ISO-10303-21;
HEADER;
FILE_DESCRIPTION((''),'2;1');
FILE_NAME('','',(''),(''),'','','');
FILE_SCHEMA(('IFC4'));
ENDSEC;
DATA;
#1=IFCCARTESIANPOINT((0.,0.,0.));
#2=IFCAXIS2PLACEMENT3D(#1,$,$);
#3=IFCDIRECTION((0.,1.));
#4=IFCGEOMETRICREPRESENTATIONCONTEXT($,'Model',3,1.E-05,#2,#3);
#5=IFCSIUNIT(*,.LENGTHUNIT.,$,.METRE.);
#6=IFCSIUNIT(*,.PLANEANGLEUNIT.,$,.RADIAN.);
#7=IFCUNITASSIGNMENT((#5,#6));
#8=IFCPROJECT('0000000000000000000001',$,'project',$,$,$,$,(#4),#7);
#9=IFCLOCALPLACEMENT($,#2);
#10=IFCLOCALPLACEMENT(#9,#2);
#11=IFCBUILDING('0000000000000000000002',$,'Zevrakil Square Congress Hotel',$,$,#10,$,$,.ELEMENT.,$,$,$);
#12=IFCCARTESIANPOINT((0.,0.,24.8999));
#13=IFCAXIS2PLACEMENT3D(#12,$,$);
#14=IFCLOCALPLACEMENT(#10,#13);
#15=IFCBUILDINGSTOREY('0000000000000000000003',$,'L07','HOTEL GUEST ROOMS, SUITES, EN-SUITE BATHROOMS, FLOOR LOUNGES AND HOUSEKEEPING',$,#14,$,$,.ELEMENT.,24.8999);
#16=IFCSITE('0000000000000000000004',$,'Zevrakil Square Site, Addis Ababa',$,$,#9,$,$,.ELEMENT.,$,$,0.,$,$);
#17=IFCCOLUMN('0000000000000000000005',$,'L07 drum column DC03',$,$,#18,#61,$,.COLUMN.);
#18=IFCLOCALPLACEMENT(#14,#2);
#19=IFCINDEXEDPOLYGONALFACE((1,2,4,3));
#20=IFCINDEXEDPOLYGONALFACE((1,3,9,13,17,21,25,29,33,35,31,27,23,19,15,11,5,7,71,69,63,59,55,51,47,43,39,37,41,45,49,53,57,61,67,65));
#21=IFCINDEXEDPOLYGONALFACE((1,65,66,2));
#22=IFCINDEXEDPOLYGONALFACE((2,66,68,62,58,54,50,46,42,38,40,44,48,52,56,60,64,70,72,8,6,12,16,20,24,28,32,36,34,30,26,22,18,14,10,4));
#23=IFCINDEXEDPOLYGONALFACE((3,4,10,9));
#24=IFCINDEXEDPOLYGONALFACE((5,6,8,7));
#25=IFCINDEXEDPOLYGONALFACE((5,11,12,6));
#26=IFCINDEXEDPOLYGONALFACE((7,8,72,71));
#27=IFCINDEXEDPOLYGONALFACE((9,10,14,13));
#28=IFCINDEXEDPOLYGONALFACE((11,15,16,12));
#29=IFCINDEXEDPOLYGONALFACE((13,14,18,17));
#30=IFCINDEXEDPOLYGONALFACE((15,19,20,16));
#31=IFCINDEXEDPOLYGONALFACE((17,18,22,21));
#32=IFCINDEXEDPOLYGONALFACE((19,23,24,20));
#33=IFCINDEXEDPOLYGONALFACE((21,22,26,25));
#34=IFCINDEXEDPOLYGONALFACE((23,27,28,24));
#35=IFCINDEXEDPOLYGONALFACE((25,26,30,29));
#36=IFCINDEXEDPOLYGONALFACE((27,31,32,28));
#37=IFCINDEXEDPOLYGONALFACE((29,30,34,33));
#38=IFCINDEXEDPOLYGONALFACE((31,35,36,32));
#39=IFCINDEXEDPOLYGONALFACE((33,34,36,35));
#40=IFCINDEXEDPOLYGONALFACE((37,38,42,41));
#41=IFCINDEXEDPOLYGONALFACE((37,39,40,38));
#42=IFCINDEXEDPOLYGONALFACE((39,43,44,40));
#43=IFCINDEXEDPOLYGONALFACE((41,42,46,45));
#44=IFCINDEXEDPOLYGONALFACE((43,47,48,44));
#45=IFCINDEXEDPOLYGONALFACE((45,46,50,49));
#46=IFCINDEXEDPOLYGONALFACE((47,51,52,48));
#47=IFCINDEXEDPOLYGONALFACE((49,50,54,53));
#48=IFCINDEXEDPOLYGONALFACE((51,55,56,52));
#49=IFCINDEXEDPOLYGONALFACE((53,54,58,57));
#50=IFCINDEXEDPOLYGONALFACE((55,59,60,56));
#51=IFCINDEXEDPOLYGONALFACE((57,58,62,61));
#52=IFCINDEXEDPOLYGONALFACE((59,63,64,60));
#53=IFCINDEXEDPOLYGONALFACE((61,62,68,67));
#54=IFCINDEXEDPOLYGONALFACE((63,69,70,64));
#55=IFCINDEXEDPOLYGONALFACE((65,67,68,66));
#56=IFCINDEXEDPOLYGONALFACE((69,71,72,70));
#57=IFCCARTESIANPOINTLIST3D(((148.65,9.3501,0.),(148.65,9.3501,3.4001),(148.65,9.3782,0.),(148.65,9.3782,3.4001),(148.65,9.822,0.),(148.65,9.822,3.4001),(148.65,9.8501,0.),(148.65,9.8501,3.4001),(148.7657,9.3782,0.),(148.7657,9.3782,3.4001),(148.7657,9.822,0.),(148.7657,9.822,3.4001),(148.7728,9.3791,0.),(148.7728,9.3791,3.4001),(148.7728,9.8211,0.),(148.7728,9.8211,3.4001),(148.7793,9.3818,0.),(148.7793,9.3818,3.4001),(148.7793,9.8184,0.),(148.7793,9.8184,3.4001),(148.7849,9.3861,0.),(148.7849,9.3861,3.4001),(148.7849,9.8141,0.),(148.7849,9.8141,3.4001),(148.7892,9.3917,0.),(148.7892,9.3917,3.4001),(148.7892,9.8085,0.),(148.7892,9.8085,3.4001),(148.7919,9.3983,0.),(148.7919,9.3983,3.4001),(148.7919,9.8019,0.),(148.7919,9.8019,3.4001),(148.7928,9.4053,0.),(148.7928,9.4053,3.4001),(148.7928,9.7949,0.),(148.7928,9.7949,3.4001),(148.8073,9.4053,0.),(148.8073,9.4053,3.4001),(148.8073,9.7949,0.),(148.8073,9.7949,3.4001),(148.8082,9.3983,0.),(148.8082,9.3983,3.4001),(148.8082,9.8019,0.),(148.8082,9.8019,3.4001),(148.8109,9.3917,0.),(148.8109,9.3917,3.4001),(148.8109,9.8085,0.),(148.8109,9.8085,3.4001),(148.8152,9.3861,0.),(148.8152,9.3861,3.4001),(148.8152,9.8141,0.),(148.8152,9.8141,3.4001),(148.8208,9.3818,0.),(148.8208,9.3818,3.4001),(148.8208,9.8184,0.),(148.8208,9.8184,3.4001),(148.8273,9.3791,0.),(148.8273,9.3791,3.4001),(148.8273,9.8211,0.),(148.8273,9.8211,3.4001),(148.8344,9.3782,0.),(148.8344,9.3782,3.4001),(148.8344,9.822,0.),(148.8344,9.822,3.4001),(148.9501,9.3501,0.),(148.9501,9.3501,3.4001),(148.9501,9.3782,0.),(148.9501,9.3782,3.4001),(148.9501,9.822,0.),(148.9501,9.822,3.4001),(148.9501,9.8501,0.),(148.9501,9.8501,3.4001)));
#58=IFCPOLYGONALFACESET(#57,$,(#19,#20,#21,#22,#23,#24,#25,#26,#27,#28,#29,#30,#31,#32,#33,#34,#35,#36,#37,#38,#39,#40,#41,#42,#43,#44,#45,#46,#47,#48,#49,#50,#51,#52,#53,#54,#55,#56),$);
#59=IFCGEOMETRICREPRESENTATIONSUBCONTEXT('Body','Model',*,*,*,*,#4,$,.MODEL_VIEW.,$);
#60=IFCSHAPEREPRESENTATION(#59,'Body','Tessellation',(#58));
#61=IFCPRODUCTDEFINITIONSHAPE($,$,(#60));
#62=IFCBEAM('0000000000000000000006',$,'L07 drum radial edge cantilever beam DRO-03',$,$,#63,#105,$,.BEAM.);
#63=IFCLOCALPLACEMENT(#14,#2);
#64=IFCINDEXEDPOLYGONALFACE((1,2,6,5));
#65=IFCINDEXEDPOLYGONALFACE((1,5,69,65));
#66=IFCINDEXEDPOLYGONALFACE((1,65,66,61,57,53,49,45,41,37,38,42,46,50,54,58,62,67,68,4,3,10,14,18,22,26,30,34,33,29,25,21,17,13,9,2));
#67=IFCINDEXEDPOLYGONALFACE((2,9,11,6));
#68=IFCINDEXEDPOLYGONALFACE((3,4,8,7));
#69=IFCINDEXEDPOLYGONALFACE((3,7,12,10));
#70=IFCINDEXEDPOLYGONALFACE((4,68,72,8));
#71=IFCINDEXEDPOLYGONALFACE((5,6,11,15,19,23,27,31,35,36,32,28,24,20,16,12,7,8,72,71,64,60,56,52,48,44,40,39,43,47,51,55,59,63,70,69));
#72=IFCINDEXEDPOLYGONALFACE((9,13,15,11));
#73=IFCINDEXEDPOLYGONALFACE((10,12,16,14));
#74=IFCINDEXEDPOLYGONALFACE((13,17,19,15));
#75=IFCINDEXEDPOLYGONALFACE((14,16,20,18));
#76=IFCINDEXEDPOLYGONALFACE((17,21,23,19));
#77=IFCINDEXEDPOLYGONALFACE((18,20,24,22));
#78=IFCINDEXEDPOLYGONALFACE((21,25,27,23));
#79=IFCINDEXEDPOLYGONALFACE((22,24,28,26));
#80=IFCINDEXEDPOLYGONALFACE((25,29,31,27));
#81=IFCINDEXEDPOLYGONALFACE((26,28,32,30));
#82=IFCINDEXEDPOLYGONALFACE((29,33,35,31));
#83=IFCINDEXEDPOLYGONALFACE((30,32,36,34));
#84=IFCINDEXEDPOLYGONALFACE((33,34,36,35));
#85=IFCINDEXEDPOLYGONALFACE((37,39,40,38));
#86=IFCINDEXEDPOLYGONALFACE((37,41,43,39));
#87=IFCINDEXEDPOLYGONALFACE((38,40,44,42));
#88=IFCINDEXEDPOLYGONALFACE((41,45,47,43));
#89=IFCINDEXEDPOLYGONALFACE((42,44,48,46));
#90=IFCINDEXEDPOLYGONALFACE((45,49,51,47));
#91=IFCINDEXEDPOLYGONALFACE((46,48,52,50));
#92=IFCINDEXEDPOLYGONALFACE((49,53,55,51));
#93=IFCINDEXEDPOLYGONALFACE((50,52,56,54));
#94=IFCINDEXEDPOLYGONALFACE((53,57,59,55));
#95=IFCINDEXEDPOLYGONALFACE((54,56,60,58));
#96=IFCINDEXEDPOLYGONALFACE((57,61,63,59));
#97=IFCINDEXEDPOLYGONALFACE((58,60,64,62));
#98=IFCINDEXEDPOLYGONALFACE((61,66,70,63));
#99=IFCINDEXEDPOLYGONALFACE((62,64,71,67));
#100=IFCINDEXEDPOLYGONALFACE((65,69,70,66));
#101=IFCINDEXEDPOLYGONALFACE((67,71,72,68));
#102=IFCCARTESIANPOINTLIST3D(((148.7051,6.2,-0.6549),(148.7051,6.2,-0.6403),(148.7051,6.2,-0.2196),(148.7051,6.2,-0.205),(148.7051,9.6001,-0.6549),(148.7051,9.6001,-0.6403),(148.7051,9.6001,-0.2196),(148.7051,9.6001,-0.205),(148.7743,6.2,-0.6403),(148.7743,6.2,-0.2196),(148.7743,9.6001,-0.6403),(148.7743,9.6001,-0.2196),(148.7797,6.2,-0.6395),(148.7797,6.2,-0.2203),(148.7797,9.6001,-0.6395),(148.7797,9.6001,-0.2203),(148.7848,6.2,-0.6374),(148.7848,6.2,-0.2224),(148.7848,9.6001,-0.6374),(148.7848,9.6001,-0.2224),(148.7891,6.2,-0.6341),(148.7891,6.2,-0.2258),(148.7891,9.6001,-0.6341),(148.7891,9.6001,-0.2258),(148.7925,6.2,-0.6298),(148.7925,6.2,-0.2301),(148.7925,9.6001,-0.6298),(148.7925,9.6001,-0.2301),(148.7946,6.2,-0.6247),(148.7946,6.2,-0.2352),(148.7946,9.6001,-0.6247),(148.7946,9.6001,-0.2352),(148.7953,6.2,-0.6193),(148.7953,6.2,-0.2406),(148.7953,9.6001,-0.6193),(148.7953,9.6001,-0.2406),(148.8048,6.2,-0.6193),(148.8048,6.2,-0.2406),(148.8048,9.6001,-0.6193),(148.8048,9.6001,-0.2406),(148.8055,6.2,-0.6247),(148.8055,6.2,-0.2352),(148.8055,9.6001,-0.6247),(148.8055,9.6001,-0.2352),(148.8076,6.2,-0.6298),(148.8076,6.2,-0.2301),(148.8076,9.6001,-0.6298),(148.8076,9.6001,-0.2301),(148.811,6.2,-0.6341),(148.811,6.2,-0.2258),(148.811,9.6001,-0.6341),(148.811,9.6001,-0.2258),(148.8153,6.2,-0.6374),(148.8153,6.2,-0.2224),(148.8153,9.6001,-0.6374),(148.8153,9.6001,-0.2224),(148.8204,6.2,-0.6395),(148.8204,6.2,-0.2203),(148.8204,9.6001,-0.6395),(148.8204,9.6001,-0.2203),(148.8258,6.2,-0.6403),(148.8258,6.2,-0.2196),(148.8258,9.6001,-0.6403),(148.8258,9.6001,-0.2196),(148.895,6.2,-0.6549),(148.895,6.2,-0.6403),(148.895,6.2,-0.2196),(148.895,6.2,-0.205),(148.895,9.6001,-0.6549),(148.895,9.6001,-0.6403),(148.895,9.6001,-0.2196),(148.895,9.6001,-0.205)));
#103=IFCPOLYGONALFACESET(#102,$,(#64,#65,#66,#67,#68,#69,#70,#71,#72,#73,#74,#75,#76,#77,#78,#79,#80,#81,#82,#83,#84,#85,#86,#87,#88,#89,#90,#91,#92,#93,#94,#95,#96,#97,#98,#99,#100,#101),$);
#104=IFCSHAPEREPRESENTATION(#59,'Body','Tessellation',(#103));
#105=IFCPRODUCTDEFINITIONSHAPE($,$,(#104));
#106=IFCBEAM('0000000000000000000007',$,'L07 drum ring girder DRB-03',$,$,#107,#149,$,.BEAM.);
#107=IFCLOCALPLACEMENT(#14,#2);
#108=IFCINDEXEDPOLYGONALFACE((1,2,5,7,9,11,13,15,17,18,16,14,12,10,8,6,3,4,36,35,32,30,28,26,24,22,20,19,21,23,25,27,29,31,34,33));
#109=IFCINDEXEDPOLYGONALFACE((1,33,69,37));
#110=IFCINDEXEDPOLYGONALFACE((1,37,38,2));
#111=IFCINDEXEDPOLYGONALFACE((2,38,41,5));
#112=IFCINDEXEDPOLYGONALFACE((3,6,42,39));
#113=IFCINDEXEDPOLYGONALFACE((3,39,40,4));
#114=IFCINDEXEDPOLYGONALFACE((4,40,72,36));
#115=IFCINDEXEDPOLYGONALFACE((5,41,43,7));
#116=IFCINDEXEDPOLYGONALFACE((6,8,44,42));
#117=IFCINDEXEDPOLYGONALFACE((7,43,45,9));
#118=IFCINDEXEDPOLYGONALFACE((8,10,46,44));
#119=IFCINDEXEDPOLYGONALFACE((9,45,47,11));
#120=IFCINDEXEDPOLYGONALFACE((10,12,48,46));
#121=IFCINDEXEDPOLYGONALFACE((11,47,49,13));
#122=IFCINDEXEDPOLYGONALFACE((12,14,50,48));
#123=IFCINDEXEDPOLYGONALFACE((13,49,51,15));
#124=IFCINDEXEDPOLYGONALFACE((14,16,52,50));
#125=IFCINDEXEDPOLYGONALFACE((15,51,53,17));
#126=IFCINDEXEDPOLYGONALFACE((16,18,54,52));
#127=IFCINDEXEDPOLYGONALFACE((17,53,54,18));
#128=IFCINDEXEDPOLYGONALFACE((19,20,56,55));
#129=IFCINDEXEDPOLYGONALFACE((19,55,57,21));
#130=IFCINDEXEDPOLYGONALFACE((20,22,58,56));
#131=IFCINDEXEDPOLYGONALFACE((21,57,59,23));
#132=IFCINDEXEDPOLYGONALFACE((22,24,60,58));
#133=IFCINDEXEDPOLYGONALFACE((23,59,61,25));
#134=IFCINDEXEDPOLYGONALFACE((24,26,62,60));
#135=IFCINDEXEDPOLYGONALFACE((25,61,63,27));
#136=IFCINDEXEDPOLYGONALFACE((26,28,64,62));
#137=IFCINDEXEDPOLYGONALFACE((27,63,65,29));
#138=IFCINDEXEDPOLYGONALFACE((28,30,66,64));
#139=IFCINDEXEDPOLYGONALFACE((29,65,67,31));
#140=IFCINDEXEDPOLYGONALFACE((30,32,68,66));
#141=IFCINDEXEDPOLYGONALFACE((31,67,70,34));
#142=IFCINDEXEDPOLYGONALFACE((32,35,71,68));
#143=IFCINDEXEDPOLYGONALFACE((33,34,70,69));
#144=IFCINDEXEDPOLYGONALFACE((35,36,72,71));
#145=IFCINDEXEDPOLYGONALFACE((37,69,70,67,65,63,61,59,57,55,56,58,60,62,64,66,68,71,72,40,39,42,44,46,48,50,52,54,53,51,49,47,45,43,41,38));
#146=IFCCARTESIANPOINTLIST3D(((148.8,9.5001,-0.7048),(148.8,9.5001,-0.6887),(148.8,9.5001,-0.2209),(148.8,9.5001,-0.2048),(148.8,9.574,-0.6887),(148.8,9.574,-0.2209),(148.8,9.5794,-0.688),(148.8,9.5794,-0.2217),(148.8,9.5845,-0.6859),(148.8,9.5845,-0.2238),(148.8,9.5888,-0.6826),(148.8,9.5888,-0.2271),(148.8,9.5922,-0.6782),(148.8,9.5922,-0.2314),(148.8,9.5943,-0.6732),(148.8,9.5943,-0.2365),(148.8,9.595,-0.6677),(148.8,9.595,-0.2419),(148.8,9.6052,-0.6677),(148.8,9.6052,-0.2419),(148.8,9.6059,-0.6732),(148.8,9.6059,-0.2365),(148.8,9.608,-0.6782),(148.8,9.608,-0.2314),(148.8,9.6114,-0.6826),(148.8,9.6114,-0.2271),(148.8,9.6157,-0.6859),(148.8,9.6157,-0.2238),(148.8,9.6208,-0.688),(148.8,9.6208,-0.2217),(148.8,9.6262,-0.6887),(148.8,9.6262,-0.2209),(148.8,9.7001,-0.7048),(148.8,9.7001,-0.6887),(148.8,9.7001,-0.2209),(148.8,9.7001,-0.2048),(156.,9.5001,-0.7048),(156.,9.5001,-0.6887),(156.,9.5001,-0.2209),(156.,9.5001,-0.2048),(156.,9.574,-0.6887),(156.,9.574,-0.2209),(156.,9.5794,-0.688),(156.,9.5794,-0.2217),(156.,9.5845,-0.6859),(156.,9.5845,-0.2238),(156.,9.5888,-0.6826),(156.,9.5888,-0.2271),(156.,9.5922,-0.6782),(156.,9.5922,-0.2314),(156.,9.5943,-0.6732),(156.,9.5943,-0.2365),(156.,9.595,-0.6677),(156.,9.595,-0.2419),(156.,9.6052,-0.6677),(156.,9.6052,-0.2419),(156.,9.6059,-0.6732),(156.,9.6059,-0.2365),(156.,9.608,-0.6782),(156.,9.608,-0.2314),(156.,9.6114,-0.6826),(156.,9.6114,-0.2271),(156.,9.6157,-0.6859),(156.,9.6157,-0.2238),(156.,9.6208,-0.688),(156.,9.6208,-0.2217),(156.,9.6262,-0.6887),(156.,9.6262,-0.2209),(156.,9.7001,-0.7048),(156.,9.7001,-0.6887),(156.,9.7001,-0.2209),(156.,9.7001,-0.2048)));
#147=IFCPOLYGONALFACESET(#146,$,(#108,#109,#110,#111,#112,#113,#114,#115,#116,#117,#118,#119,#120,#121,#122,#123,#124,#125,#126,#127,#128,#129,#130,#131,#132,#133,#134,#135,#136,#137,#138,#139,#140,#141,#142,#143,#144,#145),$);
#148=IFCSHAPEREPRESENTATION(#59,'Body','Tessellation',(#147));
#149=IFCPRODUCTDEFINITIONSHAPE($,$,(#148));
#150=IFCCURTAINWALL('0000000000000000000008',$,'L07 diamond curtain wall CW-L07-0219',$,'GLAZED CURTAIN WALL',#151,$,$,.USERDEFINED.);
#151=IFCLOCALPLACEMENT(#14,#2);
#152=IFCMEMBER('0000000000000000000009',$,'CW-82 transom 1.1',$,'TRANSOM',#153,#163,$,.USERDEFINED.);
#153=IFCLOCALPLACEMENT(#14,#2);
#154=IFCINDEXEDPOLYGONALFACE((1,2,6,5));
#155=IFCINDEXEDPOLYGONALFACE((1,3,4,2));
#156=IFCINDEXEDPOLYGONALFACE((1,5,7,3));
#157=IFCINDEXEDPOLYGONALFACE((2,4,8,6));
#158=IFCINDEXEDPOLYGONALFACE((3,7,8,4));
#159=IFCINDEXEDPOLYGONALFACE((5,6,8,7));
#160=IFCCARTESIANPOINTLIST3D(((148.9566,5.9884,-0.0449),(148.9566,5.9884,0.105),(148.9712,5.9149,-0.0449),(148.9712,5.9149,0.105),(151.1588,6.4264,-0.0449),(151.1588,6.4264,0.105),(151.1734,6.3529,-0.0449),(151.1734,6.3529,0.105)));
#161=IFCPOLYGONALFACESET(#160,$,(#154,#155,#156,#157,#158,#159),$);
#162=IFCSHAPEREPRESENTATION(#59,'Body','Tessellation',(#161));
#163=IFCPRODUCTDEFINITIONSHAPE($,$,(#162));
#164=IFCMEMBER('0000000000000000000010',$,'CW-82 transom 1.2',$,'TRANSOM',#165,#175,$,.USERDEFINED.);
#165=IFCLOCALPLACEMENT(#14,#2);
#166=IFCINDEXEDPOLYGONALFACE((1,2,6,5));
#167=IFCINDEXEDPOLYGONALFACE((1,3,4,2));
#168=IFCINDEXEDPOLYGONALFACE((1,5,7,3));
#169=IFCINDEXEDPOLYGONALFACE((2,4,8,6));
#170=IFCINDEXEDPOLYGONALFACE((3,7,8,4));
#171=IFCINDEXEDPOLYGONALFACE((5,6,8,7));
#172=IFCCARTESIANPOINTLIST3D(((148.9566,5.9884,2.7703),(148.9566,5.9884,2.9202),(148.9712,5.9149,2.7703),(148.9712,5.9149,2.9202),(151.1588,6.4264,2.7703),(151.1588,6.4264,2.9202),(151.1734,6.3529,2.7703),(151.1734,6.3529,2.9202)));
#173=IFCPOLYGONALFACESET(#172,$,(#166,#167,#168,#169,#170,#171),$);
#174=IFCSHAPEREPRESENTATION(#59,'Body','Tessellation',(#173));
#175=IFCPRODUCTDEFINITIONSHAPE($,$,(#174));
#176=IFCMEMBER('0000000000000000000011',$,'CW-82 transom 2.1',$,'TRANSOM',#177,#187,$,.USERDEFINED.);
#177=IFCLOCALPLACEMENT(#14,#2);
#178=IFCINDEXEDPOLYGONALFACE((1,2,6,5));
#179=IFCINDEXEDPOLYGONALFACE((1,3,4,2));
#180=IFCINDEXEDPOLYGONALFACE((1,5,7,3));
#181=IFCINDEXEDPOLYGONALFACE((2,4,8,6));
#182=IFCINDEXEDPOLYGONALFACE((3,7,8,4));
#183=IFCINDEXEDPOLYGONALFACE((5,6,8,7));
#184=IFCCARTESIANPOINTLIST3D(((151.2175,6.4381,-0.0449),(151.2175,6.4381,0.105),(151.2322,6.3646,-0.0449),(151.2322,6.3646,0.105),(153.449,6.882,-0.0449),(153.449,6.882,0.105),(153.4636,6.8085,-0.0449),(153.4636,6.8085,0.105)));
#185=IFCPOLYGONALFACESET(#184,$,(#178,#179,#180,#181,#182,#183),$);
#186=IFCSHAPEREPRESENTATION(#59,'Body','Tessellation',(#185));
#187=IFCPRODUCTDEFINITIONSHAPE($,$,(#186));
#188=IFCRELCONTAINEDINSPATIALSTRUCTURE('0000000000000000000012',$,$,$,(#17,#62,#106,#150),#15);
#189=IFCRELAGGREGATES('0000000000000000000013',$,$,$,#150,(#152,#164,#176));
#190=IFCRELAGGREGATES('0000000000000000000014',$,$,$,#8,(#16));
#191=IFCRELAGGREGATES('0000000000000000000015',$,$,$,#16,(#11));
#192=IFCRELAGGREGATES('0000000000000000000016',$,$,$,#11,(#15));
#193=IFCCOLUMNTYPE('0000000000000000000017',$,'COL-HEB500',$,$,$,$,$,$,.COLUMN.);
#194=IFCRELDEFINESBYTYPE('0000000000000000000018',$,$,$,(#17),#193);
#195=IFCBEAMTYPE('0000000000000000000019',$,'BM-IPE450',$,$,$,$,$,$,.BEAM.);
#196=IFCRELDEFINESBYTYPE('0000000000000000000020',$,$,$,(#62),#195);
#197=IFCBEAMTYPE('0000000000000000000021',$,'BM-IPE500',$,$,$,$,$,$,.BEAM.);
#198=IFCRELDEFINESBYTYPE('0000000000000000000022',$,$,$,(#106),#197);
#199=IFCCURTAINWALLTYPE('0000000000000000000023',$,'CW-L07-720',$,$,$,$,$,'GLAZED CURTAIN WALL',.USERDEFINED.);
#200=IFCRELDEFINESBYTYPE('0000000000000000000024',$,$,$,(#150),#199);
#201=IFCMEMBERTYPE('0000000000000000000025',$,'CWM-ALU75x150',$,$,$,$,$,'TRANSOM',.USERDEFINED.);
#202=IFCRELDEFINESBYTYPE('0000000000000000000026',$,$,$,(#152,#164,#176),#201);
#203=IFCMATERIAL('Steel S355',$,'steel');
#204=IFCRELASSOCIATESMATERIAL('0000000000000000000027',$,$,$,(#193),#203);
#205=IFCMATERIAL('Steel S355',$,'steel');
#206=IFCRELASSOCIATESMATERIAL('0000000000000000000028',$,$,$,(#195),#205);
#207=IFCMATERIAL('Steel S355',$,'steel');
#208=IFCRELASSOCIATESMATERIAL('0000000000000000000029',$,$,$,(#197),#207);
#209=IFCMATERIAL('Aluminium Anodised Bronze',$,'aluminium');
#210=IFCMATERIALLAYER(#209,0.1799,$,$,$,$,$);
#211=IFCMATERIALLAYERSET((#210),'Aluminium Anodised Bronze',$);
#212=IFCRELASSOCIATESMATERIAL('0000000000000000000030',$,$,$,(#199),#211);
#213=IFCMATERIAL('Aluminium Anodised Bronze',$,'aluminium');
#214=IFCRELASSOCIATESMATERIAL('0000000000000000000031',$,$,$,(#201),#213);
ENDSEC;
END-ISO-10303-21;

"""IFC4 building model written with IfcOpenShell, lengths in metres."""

from ifc_helpers import new_model, si_unit, direction, frame, origin, origin_2d, place, context, subcontext, project, spatial, rectangle, i_section, extrude, material, layer, layer_set, material_profile, profile_set, type_object, element, aggregate, save


model = new_model("IFC4")

# Units and contexts
model_context = context("Model", 3, precision=1e-05, world=origin(), true_north=direction((0.0, 1.0)))
body_context = subcontext(model_context, "Body", "Model", "MODEL_VIEW")
ifc_project = project(units=[si_unit("LENGTHUNIT", "METRE"), si_unit("PLANEANGLEUNIT", "RADIAN")], contexts=[model_context])

# Site, building, storey
site_placement = place(None, origin())
site = spatial("IfcSite", under=ifc_project, at=site_placement, Name="Zevrakil Square Site, Addis Ababa", CompositionType="ELEMENT", RefElevation=0.0)
building_placement = place(site_placement, origin())
building = spatial("IfcBuilding", under=site, at=building_placement, Name="Zevrakil Square Congress Hotel", CompositionType="ELEMENT")
storey_placement = place(building_placement, frame((0.0, 0.0, 24.8999)))
storey = spatial("IfcBuildingStorey", under=building, at=storey_placement, Name="L07", Description="HOTEL GUEST ROOMS, SUITES, EN-SUITE BATHROOMS, FLOOR LOUNGES AND HOUSEKEEPING", CompositionType="ELEMENT", Elevation=24.8999)

# Column
ifc_material_1 = material(Name="Steel S355", Category="steel")
ifc_material_profile_1 = material_profile(ifc_material_1, i_section(OverallWidth=0.3, OverallDepth=0.5, WebThickness=0.0144, FlangeThickness=0.0281, FilletRadius=0.0271, at=origin_2d()), Name="HEB 500")
ifc_profile_set_1 = profile_set([ifc_material_profile_1], Name="Steel S355")
column_type = type_object("IfcColumnType", Name="COL-HEB500", PredefinedType="COLUMN", material=ifc_profile_set_1)
column_placement = place(storey_placement, frame((148.8, 9.6001, 0.0), z_axis=(0.0, 0.0, 1.0), x_axis=(1.0, 0.0, 0.0)))
element("IfcColumn", 1, at=column_placement, inside=storey, type_object=column_type, Name="L07 drum column DC03", PredefinedType="COLUMN", context=body_context, shape_type="SweptSolid", body=[
    extrude(i_section(OverallWidth=0.3, OverallDepth=0.5, WebThickness=0.0144, FlangeThickness=0.0281, FilletRadius=0.0271, at=origin_2d()), origin(), (0.0, 0.0, 1.0), 3.4001),
])

# Beams
ifc_material_2 = material(Name="Steel S355", Category="steel")
ifc_material_profile_2 = material_profile(ifc_material_2, i_section(OverallWidth=0.1899, OverallDepth=0.45, WebThickness=0.0095, FlangeThickness=0.0146, FilletRadius=0.021, at=origin_2d()), Name="IPE 450")
ifc_profile_set_2 = profile_set([ifc_material_profile_2], Name="Steel S355")
beam_type_1 = type_object("IfcBeamType", Name="BM-IPE450", PredefinedType="BEAM", material=ifc_profile_set_2)
beam_1_placement = place(storey_placement, frame((148.8, 9.6001, -0.4299), z_axis=(0.0, -1.0, 0.0), x_axis=(1.0, 0.0, 0.0)))
element("IfcBeam", 2, at=beam_1_placement, inside=storey, type_object=beam_type_1, Name="L07 drum radial edge cantilever beam DRO-03", PredefinedType="BEAM", context=body_context, shape_type="SweptSolid", body=[
    extrude(i_section(OverallWidth=0.1899, OverallDepth=0.45, WebThickness=0.0095, FlangeThickness=0.0146, FilletRadius=0.021, at=origin_2d()), origin(), (0.0, 0.0, 1.0), 3.4001),
])
ifc_material_3 = material(Name="Steel S355", Category="steel")
ifc_material_profile_3 = material_profile(ifc_material_3, i_section(OverallWidth=0.2, OverallDepth=0.5, WebThickness=0.0103, FlangeThickness=0.0161, FilletRadius=0.021, at=origin_2d()), Name="IPE 500")
ifc_profile_set_3 = profile_set([ifc_material_profile_3], Name="Steel S355")
beam_type_2 = type_object("IfcBeamType", Name="BM-IPE500", PredefinedType="BEAM", material=ifc_profile_set_3)
beam_2_placement = place(storey_placement, frame((148.8, 9.6001, -0.4548), z_axis=(1.0, 0.0, 0.0), x_axis=(0.0, 1.0, 0.0)))
element("IfcBeam", 3, at=beam_2_placement, inside=storey, type_object=beam_type_2, Name="L07 drum ring girder DRB-03", PredefinedType="BEAM", context=body_context, shape_type="SweptSolid", body=[
    extrude(i_section(OverallWidth=0.2, OverallDepth=0.5, WebThickness=0.0103, FlangeThickness=0.0161, FilletRadius=0.021, at=origin_2d()), origin(), (0.0, 0.0, 1.0), 7.2),
])

# Curtain wall, members
ifc_material_4 = material(Name="Aluminium Anodised Bronze", Category="aluminium")
ifc_layer_1 = layer(ifc_material_4, 0.1799)
ifc_layer_set_1 = layer_set([ifc_layer_1], Name="Aluminium Anodised Bronze")
curtain_wall_type_1 = type_object("IfcCurtainWallType", Name="CW-L07-720", ElementType="GLAZED CURTAIN WALL", PredefinedType="USERDEFINED", material=ifc_layer_set_1)
curtain_wall_1_placement = place(storey_placement, origin())
curtain_wall_1 = element("IfcCurtainWall", 4, at=curtain_wall_1_placement, inside=storey, type_object=curtain_wall_type_1, Name="L07 diamond curtain wall CW-L07-0219", ObjectType="GLAZED CURTAIN WALL", PredefinedType="USERDEFINED")
ifc_material_5 = material(Name="Aluminium Anodised Bronze", Category="aluminium")
ifc_material_profile_4 = material_profile(ifc_material_5, rectangle(XDim=0.075, YDim=0.1499, at=origin_2d()), Name="ALU 75x150")
ifc_profile_set_4 = profile_set([ifc_material_profile_4], Name="Aluminium Anodised Bronze")
member_type_1 = type_object("IfcMemberType", Name="CWM-ALU75x150", ElementType="TRANSOM", PredefinedType="USERDEFINED", material=ifc_profile_set_4)
member_1_placement = place(storey_placement, frame((148.9639, 5.9517, 0.03), z_axis=(0.980789, 0.19507, 0.0), x_axis=(-0.19507, 0.980789, 0.0)))
member_1 = element("IfcMember", 5, at=member_1_placement, type_object=member_type_1, Name="CW-82 transom 1.1", ObjectType="TRANSOM", PredefinedType="USERDEFINED", context=body_context, shape_type="SweptSolid", body=[
    extrude(rectangle(XDim=0.075, YDim=0.1499, at=origin_2d()), origin(), (0.0, 0.0, 1.0), 2.2454),
])
member_2_placement = place(storey_placement, frame((148.9639, 5.9517, 2.8452), z_axis=(0.980789, 0.19507, 0.0), x_axis=(-0.19507, 0.980789, 0.0)))
member_2 = element("IfcMember", 6, at=member_2_placement, type_object=member_type_1, Name="CW-82 transom 1.2", ObjectType="TRANSOM", PredefinedType="USERDEFINED", context=body_context, shape_type="SweptSolid", body=[
    extrude(rectangle(XDim=0.075, YDim=0.1499, at=origin_2d()), origin(), (0.0, 0.0, 1.0), 2.2454),
])
member_3_placement = place(storey_placement, frame((151.2249, 6.4014, 0.03), z_axis=(0.980786, 0.195084, 0.0), x_axis=(-0.195084, 0.980786, 0.0)))
member_3 = element("IfcMember", 7, at=member_3_placement, type_object=member_type_1, Name="CW-82 transom 2.1", ObjectType="TRANSOM", PredefinedType="USERDEFINED", context=body_context, shape_type="SweptSolid", body=[
    extrude(rectangle(XDim=0.075, YDim=0.1499, at=origin_2d()), origin(), (0.0, 0.0, 1.0), 2.2751),
])

aggregate(curtain_wall_1, [member_1, member_2, member_3])

save(model, "model.ifc")
